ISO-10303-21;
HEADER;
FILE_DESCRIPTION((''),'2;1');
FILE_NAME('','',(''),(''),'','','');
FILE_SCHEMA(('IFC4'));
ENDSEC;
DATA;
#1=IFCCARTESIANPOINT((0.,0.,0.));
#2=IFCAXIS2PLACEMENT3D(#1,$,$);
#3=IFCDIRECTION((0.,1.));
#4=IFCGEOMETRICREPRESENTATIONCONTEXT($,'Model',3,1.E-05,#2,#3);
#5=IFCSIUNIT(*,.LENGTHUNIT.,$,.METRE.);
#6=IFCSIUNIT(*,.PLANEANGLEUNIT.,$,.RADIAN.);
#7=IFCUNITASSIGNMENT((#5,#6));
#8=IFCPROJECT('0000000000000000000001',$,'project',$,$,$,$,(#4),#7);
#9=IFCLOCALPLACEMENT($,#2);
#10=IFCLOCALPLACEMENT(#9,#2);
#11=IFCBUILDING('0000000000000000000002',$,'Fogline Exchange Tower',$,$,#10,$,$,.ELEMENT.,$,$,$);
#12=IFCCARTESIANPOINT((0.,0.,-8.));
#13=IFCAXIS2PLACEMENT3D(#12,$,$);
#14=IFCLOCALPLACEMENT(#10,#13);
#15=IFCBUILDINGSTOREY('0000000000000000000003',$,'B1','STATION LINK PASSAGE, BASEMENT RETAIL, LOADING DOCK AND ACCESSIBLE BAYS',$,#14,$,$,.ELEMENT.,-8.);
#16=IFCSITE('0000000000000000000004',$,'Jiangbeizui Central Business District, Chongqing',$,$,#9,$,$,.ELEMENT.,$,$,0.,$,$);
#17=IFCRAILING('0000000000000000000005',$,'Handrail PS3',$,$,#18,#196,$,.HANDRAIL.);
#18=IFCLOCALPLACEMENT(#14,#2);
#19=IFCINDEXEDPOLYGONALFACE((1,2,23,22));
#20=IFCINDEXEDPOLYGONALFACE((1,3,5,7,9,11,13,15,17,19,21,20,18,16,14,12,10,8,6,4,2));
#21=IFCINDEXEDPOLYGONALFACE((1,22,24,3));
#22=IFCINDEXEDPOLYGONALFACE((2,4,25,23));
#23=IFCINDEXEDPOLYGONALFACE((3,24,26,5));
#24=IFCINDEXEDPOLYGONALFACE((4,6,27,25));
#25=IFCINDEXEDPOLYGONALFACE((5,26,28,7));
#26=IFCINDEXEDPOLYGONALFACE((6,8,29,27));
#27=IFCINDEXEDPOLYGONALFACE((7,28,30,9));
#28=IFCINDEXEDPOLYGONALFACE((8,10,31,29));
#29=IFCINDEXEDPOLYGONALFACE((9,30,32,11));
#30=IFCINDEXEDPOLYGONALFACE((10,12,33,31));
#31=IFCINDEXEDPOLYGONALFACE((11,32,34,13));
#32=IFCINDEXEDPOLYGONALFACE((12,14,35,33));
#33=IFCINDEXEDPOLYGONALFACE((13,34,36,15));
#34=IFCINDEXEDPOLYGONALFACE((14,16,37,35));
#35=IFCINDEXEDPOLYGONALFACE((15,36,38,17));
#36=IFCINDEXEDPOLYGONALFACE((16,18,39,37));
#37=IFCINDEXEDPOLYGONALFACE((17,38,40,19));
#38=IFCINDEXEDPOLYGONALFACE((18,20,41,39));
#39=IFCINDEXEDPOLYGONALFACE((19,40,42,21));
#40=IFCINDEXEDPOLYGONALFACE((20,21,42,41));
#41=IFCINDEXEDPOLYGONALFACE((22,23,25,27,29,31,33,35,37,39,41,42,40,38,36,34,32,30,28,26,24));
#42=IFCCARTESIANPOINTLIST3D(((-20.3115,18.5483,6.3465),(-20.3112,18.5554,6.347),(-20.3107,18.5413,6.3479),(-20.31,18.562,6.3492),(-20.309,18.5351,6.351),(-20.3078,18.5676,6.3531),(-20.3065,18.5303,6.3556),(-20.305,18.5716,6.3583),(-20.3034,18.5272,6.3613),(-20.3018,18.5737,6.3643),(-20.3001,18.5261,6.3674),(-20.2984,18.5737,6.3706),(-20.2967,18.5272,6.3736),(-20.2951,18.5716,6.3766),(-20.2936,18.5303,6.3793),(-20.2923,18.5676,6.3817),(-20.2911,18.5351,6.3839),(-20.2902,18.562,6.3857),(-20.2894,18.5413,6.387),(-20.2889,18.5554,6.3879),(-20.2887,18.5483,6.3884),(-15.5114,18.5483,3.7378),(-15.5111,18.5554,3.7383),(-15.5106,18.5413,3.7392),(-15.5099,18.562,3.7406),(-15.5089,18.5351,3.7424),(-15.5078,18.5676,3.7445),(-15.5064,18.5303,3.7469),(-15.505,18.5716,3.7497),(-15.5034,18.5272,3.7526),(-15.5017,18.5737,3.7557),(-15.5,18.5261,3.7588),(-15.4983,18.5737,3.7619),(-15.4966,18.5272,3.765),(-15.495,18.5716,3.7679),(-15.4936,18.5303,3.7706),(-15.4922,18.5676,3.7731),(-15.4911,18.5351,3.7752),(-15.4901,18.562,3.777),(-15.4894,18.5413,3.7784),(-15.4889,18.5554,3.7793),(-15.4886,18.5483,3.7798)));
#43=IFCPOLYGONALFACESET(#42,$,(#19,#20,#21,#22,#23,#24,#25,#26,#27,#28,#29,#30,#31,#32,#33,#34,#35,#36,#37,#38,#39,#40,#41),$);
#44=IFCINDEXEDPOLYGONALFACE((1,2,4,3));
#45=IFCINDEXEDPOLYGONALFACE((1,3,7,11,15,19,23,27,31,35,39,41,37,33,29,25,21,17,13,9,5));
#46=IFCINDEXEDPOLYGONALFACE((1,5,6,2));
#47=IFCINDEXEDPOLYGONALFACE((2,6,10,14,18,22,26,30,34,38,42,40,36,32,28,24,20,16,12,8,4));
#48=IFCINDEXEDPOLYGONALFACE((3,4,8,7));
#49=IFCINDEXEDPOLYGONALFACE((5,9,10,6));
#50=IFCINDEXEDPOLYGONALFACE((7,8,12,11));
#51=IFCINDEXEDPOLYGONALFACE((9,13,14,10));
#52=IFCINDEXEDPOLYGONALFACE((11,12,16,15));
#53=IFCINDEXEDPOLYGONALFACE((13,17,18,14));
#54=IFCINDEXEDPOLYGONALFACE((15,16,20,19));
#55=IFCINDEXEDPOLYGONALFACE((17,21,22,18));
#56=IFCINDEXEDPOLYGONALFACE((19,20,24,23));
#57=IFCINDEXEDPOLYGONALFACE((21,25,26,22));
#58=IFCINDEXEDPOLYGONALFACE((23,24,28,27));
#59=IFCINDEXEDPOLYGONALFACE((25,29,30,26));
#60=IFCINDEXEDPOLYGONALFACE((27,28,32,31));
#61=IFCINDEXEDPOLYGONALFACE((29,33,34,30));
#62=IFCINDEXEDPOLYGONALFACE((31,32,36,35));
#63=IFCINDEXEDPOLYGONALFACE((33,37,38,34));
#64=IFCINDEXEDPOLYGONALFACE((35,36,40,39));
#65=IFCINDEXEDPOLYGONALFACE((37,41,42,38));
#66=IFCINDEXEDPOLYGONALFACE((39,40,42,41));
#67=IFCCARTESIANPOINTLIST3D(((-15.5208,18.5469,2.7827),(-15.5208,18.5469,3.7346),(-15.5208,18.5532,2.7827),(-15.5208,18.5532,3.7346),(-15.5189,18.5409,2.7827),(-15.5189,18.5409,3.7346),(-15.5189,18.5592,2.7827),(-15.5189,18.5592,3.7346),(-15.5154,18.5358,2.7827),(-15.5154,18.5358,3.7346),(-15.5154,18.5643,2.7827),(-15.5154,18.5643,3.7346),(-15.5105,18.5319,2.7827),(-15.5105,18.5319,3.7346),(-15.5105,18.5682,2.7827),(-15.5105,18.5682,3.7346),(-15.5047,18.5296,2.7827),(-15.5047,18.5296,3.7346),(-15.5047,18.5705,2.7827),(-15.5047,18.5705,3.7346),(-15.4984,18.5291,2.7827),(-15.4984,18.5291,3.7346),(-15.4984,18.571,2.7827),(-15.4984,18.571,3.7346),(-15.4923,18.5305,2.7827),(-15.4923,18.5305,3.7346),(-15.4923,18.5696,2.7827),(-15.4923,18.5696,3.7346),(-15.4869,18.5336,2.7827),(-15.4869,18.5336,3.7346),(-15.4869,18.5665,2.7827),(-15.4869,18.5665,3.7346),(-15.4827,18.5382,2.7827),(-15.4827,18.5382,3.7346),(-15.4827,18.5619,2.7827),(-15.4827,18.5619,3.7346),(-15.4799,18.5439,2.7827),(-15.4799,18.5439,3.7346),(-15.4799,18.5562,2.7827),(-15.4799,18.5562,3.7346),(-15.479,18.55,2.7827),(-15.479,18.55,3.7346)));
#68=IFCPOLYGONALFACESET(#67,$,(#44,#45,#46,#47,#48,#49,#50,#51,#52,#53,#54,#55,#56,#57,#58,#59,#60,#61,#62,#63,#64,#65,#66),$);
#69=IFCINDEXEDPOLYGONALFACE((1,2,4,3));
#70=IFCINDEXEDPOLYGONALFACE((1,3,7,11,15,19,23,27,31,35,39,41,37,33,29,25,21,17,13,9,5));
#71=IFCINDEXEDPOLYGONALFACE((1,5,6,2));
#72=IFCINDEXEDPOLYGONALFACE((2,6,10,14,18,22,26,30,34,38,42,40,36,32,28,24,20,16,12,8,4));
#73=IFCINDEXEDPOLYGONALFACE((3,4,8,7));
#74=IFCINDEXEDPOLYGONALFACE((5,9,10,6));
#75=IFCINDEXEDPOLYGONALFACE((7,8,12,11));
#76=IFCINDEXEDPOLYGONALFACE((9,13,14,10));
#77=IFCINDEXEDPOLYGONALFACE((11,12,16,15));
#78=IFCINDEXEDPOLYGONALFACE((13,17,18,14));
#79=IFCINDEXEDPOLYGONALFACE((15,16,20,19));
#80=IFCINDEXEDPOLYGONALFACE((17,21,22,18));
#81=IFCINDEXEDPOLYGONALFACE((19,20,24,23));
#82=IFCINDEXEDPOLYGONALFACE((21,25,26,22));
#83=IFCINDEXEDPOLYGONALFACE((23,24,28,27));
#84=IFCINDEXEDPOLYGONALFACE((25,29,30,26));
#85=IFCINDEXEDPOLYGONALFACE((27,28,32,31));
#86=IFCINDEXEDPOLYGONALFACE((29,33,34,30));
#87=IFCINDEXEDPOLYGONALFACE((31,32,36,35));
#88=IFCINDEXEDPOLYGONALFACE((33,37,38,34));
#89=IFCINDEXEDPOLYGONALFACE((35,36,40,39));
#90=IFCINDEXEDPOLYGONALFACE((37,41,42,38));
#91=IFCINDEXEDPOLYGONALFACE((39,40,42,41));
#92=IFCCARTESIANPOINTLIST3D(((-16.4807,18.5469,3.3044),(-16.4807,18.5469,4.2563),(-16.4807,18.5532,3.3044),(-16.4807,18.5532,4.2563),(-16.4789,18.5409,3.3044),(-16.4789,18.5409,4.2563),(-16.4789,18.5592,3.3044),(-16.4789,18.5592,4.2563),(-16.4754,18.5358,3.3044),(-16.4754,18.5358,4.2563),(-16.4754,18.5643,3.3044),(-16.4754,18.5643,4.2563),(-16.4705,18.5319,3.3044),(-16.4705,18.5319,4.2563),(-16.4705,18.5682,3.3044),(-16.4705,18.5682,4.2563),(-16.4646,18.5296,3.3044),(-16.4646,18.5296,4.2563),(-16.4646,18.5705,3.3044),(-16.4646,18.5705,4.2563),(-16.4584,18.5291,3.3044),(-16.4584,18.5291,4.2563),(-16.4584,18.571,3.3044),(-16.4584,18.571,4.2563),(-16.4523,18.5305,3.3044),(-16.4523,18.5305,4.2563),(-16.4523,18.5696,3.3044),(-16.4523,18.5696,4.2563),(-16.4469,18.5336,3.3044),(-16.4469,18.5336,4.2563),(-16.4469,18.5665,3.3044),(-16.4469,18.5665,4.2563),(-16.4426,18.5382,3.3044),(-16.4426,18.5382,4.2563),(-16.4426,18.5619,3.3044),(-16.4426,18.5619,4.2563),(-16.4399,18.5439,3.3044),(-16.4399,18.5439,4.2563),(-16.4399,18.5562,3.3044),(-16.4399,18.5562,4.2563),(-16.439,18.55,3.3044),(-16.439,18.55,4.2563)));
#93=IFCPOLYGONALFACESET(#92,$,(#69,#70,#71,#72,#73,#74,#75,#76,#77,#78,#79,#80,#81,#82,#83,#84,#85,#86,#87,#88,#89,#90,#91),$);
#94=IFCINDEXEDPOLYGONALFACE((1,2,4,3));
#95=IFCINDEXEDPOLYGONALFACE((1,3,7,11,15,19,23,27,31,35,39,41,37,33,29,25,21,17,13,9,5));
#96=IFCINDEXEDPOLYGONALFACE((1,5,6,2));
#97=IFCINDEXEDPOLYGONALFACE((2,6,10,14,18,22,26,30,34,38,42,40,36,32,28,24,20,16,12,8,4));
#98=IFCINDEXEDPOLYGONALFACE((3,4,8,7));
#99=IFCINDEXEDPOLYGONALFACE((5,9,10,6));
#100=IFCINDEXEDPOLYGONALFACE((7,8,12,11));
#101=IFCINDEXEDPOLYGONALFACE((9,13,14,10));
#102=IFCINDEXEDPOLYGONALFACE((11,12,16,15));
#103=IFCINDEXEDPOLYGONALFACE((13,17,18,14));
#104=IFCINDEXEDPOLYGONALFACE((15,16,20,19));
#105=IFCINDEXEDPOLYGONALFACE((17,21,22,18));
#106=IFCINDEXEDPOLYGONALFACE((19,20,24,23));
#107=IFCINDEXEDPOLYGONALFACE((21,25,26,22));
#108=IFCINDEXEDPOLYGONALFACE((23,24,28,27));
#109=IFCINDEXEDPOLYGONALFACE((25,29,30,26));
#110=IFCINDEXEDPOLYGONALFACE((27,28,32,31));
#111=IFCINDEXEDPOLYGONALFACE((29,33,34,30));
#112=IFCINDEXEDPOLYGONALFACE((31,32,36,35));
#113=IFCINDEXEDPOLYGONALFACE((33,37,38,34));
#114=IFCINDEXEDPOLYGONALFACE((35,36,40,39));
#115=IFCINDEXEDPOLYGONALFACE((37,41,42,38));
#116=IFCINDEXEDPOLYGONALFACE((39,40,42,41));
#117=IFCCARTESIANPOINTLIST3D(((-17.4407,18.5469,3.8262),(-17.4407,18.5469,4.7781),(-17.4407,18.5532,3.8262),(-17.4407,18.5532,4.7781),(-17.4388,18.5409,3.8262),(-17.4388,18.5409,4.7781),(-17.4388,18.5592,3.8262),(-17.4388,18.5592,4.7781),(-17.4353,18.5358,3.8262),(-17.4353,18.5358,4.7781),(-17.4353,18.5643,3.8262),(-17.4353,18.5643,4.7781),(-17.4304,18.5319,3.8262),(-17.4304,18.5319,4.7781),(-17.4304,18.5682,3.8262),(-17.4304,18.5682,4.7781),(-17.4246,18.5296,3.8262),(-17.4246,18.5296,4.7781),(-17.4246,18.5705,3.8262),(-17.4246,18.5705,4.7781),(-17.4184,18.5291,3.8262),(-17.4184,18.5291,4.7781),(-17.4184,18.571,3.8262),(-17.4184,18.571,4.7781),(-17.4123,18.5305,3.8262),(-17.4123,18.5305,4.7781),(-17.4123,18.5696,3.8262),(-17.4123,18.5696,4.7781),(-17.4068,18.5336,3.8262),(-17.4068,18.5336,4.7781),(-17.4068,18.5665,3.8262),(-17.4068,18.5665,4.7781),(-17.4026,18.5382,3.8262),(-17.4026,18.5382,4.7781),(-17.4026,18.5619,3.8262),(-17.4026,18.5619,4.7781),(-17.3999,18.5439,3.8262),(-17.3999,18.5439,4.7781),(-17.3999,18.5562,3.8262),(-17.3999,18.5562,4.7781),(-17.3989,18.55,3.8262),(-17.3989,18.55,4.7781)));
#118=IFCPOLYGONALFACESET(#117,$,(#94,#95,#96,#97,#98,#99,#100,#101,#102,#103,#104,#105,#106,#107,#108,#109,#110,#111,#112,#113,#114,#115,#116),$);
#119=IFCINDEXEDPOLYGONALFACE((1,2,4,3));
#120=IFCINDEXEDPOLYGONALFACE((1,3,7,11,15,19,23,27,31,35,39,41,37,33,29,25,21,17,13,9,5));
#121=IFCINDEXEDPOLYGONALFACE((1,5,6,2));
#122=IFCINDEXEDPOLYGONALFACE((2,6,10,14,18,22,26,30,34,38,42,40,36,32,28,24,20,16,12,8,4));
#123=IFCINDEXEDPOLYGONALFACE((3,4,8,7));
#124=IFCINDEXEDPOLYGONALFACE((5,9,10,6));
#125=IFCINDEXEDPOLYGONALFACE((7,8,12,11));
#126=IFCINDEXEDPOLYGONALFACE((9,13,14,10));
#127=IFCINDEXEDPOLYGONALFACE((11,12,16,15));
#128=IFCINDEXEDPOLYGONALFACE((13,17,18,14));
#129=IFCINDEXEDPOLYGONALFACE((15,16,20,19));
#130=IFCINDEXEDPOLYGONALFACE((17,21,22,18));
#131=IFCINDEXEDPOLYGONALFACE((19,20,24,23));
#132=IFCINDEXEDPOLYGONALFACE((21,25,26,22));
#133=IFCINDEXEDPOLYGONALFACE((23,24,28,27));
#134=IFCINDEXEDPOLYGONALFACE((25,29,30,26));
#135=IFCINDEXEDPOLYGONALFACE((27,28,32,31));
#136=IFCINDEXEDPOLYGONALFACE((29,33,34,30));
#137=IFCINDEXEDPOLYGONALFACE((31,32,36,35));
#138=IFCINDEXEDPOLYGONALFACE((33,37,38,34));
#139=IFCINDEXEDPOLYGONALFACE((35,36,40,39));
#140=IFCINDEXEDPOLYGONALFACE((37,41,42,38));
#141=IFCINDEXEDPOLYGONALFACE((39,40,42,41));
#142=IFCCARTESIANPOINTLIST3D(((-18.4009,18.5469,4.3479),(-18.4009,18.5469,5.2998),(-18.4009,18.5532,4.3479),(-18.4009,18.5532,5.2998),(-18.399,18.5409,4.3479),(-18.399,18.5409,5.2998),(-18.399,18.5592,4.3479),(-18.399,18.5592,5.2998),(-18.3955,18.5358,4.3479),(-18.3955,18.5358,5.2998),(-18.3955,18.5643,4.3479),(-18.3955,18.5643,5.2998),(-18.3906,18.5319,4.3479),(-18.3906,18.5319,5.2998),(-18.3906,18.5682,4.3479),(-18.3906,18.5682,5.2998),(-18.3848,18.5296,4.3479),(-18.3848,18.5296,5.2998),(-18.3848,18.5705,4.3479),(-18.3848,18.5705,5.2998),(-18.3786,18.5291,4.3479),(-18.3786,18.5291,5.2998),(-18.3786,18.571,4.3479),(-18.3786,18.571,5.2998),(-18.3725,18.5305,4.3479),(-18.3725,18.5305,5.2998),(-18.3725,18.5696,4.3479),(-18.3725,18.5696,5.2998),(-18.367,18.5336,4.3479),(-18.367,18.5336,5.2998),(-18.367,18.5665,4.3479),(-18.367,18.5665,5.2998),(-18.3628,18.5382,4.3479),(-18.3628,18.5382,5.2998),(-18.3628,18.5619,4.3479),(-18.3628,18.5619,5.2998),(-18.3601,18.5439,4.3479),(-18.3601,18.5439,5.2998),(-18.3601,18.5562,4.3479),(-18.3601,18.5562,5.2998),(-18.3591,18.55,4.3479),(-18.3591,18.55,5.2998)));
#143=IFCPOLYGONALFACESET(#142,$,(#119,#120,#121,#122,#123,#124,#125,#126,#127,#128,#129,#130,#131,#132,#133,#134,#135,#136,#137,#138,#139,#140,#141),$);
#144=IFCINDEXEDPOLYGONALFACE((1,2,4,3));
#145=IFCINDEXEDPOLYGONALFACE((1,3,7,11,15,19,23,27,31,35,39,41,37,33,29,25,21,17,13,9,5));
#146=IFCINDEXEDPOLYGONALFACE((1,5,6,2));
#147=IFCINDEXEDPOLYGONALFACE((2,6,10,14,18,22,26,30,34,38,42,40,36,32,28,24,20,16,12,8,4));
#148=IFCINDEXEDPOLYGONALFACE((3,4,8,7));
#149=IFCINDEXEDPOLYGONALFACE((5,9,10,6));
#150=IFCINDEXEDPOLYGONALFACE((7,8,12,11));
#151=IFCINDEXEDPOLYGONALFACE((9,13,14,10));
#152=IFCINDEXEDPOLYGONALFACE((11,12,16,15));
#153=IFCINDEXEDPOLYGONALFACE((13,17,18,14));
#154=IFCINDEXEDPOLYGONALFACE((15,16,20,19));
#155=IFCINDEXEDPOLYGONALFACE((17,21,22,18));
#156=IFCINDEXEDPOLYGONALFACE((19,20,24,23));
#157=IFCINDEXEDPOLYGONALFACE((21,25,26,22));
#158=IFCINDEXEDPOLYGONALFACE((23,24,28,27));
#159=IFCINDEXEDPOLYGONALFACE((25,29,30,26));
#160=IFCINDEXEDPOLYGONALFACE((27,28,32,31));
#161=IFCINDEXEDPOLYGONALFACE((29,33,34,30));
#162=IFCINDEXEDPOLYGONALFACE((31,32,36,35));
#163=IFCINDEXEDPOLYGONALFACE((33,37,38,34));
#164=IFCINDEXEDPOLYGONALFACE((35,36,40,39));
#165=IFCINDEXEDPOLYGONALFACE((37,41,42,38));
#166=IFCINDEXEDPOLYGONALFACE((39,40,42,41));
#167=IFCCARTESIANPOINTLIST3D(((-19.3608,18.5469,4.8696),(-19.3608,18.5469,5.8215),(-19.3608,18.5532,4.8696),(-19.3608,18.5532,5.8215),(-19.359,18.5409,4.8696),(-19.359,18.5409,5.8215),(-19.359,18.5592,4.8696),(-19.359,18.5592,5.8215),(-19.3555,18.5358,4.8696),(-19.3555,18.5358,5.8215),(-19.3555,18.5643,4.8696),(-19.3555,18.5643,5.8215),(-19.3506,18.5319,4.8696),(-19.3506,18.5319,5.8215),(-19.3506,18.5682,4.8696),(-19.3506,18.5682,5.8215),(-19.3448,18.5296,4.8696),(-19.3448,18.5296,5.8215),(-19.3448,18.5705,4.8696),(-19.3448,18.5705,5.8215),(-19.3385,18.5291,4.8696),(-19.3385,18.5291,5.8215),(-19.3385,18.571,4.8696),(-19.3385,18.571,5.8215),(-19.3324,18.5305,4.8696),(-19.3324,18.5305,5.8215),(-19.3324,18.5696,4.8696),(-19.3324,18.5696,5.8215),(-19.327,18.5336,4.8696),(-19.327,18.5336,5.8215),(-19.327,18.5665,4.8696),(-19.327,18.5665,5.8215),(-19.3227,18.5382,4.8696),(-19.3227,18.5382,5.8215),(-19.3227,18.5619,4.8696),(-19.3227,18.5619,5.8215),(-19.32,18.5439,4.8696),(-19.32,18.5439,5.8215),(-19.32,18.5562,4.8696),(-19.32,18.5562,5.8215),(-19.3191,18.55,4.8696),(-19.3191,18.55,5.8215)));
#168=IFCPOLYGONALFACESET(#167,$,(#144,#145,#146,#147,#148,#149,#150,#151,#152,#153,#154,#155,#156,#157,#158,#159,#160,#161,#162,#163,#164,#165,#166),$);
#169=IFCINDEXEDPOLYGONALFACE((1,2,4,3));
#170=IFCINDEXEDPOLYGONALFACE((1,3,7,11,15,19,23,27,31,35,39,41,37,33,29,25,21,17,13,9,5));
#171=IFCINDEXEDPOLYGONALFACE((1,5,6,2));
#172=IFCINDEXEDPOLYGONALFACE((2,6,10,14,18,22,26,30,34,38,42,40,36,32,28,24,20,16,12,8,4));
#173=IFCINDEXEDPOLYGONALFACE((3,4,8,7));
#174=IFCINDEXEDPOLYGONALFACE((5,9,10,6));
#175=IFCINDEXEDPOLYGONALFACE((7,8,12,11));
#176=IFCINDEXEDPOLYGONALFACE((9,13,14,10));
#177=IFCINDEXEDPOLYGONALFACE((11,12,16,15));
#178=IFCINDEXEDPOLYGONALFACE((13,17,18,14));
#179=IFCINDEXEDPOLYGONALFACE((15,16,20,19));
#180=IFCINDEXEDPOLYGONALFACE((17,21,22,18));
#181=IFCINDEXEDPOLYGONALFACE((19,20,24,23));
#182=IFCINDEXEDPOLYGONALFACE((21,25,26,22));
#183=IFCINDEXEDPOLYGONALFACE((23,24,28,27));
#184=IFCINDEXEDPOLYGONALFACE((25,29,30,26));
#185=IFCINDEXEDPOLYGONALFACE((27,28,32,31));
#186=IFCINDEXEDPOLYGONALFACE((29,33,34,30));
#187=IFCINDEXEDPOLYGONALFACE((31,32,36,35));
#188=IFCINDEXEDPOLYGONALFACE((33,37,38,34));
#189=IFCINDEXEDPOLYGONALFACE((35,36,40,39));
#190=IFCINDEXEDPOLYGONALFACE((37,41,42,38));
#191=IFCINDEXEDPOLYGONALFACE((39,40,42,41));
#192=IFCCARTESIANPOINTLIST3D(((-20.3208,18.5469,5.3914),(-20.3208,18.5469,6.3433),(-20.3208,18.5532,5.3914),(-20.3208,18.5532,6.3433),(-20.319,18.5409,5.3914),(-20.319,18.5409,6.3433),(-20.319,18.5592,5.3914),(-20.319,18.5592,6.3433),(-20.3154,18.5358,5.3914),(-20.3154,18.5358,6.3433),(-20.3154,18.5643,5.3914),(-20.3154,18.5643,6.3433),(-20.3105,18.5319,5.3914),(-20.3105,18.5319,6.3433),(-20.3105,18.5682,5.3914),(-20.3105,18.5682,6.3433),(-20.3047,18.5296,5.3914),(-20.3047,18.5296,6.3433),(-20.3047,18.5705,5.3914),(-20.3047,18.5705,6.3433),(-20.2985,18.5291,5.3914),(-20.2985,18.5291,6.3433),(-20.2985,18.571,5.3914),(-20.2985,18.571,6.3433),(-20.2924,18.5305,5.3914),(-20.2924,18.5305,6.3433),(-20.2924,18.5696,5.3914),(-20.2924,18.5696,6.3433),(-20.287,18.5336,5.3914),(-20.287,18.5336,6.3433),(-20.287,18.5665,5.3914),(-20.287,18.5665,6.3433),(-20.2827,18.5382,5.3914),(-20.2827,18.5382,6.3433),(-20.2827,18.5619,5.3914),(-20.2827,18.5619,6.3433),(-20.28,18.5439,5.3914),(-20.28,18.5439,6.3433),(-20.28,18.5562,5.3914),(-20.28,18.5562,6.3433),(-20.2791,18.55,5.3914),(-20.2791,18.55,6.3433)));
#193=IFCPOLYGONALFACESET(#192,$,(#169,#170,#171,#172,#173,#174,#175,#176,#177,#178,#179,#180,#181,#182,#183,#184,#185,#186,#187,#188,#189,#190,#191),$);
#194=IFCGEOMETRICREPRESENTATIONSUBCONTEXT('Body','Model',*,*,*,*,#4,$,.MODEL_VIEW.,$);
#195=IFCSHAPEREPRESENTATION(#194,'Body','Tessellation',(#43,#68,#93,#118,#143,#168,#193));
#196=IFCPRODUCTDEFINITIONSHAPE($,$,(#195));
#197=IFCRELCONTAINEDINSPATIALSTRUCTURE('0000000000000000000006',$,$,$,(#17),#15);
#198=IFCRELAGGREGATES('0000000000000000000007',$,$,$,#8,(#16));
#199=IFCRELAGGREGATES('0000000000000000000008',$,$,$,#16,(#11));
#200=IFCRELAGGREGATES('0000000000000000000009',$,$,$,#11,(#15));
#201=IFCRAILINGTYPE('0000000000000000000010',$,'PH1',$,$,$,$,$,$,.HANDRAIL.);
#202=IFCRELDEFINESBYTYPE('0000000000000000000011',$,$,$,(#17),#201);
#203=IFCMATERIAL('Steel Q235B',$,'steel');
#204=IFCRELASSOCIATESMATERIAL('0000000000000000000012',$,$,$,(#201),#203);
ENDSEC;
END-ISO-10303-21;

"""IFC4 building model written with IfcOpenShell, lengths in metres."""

from ifc_helpers import new_model, si_unit, direction, frame, origin, origin_2d, place, context, subcontext, project, spatial, circle, extrude, material, type_object, element, save


model = new_model("IFC4")

# Units and contexts
model_context = context("Model", 3, precision=1e-05, world=origin(), true_north=direction((0.0, 1.0)))
body_context = subcontext(model_context, "Body", "Model", "MODEL_VIEW")
ifc_project = project(units=[si_unit("LENGTHUNIT", "METRE"), si_unit("PLANEANGLEUNIT", "RADIAN")], contexts=[model_context])

# Site, building, storey
site_placement = place(None, origin())
site = spatial("IfcSite", under=ifc_project, at=site_placement, Name="Jiangbeizui Central Business District, Chongqing", CompositionType="ELEMENT", RefElevation=0.0)
building_placement = place(site_placement, origin())
building = spatial("IfcBuilding", under=site, at=building_placement, Name="Fogline Exchange Tower", CompositionType="ELEMENT")
storey_placement = place(building_placement, frame((0.0, 0.0, -8.0)))
storey = spatial("IfcBuildingStorey", under=building, at=storey_placement, Name="B1", Description="STATION LINK PASSAGE, BASEMENT RETAIL, LOADING DOCK AND ACCESSIBLE BAYS", CompositionType="ELEMENT", Elevation=-8.0)

# Shared definitions
ifc_material_1 = material(Name="Steel Q235B", Category="steel")

# Railing
railing_type_1 = type_object("IfcRailingType", Name="PH1", PredefinedType="HANDRAIL", material=ifc_material_1)
for number, where, name in (
    (1, (-15.5, 18.55, 2.7827), "Handrail PS3"),
):
    element("IfcRailing", number, at=place(storey_placement, frame(where)), inside=storey, type_object=railing_type_1, Name=name, PredefinedType="HANDRAIL", context=body_context, shape_type="SweptSolid", body=[
        extrude(circle(Radius=0.0239, at=origin_2d()), frame((0.0, 0.0, 0.9761), z_axis=(-0.878631, 0.0, 0.477502), x_axis=(0.0, -1.0, 0.0)), (0.0, 0.0, 1.0), 5.4631),
        extrude(circle(Radius=0.021, at=origin_2d()), origin(), (0.0, 0.0, 1.0), 0.9519),
        extrude(circle(Radius=0.021, at=origin_2d()), frame((-0.96, 0.0, 0.5217)), (0.0, 0.0, 1.0), 0.9519),
        extrude(circle(Radius=0.021, at=origin_2d()), frame((-1.9199, 0.0, 1.0435)), (0.0, 0.0, 1.0), 0.9519),
        extrude(circle(Radius=0.021, at=origin_2d()), frame((-2.8801, 0.0, 1.5652)), (0.0, 0.0, 1.0), 0.9519),
        extrude(circle(Radius=0.021, at=origin_2d()), frame((-3.8401, 0.0, 2.0869)), (0.0, 0.0, 1.0), 0.9519),
        extrude(circle(Radius=0.021, at=origin_2d()), frame((-4.8, 0.0, 2.6086)), (0.0, 0.0, 1.0), 0.9519),
    ])

save(model, "model.ifc")
